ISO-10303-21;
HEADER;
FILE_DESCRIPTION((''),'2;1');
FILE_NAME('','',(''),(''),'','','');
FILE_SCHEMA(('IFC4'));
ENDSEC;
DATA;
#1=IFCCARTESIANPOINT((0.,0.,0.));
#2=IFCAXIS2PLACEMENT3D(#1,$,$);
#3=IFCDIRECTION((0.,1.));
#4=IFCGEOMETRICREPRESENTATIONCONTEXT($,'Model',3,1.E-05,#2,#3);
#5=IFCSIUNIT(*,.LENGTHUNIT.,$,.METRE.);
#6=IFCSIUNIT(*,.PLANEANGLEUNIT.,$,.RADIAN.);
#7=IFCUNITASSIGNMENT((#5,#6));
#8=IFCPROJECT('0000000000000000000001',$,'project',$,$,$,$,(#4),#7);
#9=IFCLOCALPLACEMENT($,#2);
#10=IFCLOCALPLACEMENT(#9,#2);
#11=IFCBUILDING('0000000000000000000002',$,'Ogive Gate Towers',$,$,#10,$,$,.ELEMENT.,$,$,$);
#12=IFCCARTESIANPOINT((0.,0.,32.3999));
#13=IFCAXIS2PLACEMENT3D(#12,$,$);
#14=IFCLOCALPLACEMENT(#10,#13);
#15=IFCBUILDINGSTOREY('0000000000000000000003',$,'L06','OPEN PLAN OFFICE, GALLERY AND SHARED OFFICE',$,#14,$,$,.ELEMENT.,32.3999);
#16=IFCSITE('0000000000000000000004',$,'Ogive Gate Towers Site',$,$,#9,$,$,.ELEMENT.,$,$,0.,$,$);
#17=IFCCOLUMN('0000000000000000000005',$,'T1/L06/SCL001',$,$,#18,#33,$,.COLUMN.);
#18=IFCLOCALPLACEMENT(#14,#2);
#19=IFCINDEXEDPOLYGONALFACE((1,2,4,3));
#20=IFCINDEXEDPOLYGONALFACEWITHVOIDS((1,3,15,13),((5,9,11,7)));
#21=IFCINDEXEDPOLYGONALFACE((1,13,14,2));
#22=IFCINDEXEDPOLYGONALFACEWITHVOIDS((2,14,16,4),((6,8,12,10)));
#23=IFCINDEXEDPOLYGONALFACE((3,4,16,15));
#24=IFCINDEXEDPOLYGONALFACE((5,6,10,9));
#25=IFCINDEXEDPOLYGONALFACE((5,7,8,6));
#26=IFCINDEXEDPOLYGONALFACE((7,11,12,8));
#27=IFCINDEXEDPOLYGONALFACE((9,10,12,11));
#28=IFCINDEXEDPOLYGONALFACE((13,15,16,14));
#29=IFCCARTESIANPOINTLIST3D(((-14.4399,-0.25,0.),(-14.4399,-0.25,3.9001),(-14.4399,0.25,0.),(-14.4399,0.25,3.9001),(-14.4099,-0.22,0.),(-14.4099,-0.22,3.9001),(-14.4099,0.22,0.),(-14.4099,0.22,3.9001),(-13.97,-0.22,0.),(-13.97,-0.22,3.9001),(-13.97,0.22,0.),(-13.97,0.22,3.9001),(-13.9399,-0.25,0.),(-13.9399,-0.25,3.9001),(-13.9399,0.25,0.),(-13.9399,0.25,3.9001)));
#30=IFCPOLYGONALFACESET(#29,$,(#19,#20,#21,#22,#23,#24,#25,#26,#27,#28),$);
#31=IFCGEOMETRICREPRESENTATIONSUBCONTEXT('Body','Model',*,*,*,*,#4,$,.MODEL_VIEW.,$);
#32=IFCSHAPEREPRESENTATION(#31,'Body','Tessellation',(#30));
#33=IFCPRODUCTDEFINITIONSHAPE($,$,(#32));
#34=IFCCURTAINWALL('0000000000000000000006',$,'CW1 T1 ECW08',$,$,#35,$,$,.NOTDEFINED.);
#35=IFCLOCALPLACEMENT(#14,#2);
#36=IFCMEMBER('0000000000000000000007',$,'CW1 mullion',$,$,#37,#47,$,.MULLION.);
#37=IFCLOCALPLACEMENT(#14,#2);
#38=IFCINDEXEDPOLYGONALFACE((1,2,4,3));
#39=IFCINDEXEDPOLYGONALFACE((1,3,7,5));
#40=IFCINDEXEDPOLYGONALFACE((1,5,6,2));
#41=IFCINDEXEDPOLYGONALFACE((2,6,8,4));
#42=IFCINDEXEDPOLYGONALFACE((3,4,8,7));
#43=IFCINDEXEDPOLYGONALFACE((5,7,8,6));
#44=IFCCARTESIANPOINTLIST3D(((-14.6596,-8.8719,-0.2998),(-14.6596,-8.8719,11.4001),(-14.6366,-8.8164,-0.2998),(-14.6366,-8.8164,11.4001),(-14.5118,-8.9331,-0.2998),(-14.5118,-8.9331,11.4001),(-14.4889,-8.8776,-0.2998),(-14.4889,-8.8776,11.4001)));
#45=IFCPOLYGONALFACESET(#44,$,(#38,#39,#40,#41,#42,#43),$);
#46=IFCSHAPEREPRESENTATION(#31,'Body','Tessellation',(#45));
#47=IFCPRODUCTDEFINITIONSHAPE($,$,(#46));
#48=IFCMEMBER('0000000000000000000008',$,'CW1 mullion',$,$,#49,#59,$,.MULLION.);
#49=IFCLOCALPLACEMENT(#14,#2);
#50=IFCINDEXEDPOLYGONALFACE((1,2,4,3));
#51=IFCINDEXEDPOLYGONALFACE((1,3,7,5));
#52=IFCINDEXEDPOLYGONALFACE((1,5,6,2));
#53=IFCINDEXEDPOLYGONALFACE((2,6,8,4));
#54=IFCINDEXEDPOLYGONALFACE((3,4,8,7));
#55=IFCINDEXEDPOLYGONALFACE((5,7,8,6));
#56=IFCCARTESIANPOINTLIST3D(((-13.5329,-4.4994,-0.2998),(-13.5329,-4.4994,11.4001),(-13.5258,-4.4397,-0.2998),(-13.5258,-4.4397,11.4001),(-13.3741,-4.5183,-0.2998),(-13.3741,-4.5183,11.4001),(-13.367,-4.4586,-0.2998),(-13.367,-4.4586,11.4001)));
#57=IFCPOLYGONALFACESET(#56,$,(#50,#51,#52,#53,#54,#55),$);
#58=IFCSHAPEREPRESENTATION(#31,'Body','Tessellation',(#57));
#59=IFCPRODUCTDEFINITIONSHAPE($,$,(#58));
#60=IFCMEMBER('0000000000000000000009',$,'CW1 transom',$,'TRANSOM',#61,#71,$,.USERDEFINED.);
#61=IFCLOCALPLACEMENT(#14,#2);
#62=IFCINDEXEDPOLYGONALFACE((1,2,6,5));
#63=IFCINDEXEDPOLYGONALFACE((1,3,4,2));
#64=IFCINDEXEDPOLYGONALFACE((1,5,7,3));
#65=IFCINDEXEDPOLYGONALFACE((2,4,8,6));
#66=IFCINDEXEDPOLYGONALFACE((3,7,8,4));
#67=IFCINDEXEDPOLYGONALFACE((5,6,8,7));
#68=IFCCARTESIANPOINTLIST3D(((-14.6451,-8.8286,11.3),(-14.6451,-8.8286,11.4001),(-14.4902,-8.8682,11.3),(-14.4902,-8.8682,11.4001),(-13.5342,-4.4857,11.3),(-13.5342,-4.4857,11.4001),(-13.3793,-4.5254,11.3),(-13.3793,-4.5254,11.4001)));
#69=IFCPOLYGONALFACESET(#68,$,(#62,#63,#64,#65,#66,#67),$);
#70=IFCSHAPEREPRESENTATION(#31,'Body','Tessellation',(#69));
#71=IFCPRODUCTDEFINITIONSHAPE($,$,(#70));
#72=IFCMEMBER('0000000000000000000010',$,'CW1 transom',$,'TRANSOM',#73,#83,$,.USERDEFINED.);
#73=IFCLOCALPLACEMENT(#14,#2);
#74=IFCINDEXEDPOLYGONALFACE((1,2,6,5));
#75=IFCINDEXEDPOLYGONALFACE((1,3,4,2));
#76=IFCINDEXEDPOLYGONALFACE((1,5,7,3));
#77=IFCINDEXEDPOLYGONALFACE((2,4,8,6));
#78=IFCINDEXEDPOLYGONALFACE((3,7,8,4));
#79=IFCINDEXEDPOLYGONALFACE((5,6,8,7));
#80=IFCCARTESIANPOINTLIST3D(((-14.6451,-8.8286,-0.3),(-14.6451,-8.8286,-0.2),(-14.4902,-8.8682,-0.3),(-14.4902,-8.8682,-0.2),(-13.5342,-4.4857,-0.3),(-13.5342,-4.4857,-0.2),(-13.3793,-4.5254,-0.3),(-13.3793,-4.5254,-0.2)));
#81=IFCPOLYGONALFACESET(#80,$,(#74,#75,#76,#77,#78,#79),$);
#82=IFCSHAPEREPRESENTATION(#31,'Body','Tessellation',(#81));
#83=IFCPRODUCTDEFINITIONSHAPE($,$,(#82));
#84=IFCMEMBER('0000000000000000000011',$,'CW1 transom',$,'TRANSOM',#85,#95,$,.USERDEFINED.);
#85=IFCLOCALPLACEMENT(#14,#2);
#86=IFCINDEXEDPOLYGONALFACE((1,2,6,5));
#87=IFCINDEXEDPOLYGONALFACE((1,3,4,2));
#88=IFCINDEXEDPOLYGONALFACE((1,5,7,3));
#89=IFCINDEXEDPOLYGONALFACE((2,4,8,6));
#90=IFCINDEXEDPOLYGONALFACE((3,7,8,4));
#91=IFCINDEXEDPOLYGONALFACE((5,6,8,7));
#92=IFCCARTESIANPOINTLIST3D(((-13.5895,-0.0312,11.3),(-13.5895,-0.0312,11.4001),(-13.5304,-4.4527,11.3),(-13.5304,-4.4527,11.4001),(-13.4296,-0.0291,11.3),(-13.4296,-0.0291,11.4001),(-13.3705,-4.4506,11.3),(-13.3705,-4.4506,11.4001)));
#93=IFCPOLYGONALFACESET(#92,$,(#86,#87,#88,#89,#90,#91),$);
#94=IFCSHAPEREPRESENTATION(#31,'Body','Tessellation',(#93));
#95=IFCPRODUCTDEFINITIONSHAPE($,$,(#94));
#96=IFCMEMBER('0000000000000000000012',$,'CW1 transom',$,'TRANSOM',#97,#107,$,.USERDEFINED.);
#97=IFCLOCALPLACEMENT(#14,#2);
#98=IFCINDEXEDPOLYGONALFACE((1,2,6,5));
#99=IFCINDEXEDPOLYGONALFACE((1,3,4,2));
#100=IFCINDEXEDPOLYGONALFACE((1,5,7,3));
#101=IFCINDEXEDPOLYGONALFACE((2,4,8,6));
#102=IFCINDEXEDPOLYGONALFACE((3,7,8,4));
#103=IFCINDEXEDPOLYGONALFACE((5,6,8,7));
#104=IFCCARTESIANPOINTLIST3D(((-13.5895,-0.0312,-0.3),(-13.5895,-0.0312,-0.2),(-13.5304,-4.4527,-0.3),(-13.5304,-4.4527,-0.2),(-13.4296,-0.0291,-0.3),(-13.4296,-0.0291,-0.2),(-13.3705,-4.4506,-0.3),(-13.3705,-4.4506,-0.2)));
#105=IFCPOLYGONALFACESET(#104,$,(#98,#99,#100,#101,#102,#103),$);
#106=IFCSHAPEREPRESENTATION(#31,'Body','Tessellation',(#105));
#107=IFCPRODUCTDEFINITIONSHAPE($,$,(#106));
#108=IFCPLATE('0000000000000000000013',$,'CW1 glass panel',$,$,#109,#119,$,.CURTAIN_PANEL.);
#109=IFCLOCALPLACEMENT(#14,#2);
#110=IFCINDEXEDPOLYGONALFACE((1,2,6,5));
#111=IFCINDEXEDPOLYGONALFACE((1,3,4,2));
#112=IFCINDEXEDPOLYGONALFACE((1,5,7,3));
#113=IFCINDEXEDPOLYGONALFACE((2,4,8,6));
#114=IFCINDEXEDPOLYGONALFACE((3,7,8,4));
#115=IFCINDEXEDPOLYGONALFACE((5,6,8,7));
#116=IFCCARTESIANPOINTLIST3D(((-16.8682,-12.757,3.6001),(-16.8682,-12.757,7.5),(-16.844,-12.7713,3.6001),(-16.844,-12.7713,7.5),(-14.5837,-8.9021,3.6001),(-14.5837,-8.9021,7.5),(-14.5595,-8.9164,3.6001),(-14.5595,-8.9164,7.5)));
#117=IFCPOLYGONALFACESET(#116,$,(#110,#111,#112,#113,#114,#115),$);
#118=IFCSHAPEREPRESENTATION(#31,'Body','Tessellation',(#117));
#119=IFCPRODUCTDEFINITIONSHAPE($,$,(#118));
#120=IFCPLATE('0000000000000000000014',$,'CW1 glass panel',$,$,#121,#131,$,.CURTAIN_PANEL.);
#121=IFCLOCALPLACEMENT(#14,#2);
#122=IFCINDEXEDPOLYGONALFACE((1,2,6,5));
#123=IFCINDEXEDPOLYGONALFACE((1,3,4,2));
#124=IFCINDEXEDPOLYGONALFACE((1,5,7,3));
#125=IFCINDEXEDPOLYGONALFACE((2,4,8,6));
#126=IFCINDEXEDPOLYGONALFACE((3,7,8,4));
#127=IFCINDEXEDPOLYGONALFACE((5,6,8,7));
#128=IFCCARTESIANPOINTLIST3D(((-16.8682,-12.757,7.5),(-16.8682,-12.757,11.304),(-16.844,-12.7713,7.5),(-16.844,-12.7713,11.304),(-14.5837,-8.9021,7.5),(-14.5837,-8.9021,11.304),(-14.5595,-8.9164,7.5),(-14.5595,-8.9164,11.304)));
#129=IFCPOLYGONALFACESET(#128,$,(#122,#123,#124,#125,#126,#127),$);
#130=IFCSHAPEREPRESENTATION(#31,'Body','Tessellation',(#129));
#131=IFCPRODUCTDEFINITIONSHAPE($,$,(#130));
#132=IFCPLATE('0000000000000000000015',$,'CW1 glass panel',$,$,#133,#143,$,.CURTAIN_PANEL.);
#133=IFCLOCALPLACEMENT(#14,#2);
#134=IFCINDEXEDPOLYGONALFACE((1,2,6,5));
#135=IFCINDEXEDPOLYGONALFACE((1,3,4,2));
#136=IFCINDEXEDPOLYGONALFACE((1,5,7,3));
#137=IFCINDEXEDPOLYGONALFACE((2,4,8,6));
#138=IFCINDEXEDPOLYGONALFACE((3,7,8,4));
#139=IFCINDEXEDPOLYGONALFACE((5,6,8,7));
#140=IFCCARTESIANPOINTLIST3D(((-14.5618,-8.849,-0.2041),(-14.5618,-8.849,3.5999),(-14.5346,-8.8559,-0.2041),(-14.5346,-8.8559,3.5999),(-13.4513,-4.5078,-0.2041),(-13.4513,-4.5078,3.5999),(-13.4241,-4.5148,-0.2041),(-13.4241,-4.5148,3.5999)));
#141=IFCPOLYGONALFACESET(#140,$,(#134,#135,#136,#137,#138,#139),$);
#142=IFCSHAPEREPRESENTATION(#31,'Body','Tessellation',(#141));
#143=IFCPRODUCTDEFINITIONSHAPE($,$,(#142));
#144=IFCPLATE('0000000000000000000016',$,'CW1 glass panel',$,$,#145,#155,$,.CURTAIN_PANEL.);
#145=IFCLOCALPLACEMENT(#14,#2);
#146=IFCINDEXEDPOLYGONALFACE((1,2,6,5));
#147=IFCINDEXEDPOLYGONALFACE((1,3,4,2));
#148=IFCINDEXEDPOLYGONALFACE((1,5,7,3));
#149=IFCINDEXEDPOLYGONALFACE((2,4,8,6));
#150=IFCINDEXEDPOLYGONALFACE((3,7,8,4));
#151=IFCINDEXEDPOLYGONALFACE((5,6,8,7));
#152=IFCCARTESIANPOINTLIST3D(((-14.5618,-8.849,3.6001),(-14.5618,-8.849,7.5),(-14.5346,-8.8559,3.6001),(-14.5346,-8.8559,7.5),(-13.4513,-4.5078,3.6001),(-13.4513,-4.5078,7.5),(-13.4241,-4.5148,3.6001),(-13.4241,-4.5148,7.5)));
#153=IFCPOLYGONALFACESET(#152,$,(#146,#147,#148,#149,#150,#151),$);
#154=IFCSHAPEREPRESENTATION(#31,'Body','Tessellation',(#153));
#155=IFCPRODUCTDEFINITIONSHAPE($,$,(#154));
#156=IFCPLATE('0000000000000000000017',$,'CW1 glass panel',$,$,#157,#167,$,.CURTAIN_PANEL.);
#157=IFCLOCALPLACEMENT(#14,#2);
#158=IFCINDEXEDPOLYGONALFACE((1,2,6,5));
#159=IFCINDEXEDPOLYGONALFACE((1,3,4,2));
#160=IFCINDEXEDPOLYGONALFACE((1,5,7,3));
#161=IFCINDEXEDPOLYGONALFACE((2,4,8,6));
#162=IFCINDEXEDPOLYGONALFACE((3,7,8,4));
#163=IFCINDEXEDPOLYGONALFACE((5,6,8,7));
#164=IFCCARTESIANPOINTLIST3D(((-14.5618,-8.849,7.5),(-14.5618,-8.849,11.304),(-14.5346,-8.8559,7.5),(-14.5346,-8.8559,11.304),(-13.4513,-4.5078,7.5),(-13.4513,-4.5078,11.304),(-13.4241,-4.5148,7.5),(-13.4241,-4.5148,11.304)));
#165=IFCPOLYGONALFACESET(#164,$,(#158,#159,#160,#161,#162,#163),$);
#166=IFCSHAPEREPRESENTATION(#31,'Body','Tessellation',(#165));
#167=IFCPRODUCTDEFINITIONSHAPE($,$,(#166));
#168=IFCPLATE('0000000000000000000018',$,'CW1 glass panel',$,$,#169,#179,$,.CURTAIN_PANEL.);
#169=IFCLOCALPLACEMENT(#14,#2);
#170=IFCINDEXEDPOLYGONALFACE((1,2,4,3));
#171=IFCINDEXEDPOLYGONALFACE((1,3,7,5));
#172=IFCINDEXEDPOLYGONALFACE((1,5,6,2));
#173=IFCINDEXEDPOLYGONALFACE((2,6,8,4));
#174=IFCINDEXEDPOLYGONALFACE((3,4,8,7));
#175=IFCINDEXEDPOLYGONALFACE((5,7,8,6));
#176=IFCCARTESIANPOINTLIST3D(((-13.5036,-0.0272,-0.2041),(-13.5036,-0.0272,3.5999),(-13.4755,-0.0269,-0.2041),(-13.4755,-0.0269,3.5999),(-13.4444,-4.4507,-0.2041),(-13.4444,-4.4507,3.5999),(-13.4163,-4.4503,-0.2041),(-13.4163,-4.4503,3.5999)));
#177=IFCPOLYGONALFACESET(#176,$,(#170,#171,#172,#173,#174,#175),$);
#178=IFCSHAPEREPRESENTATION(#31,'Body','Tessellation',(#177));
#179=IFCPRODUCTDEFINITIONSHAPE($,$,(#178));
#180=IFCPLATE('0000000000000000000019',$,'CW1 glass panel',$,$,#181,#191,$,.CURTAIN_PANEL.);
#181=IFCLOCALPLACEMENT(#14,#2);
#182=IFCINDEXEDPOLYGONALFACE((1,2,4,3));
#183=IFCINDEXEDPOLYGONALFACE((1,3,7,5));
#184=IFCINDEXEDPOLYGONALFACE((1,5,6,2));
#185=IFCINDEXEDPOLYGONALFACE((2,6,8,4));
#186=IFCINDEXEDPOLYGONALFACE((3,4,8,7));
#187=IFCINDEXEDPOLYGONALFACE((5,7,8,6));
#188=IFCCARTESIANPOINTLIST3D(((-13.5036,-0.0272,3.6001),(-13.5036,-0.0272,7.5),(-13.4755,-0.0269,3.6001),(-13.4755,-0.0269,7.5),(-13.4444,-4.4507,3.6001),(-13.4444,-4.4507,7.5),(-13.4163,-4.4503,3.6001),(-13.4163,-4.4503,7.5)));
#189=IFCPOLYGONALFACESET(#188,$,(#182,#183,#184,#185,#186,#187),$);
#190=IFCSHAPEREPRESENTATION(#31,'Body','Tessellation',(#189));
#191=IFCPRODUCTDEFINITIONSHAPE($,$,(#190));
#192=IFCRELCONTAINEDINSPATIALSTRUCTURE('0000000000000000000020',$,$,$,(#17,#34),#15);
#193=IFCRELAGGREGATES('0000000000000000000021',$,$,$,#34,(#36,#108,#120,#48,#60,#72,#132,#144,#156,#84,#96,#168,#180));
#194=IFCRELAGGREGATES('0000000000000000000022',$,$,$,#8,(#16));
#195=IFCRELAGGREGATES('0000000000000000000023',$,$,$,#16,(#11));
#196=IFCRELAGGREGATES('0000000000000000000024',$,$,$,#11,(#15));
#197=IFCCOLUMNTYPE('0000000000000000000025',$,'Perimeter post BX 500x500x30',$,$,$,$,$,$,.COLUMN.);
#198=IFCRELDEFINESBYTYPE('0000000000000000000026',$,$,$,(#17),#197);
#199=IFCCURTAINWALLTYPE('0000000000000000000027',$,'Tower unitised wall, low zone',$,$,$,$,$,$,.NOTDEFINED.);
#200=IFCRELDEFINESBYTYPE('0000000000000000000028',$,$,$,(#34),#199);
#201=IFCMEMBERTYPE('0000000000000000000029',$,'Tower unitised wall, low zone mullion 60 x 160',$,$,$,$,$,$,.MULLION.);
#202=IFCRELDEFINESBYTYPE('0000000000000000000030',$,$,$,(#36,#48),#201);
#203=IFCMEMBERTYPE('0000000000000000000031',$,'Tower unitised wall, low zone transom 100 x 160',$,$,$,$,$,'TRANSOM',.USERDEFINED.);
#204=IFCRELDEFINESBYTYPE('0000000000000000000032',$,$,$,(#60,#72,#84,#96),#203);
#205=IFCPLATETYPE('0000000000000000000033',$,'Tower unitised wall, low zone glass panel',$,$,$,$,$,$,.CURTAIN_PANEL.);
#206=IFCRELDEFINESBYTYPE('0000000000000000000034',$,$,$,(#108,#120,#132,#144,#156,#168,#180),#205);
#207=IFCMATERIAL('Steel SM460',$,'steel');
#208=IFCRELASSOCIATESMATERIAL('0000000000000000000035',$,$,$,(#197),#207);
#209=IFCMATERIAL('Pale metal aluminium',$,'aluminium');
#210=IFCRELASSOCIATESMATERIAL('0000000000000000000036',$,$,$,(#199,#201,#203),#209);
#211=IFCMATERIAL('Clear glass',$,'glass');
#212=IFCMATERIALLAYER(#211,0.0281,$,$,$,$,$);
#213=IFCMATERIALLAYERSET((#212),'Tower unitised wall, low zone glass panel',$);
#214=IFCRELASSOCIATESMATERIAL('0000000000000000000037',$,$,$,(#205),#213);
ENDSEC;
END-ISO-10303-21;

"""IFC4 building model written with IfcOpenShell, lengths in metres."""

from ifc_helpers import new_model, si_unit, direction, frame, origin, origin_2d, place, context, subcontext, project, spatial, rectangle, hollow_rectangle, extrude, material, layer, layer_set, material_profile, profile_set, type_object, element, aggregate, save


model = new_model("IFC4")

# Units and contexts
model_context = context("Model", 3, precision=1e-05, world=origin(), true_north=direction((0.0, 1.0)))
body_context = subcontext(model_context, "Body", "Model", "MODEL_VIEW")
ifc_project = project(units=[si_unit("LENGTHUNIT", "METRE"), si_unit("PLANEANGLEUNIT", "RADIAN")], contexts=[model_context])

# Site, building, storey
site_placement = place(None, origin())
site = spatial("IfcSite", under=ifc_project, at=site_placement, Name="Ogive Gate Towers Site", CompositionType="ELEMENT", RefElevation=0.0)
building_placement = place(site_placement, origin())
building = spatial("IfcBuilding", under=site, at=building_placement, Name="Ogive Gate Towers", CompositionType="ELEMENT")
storey_placement = place(building_placement, frame((0.0, 0.0, 32.3999)))
storey = spatial("IfcBuildingStorey", under=building, at=storey_placement, Name="L06", Description="OPEN PLAN OFFICE, GALLERY AND SHARED OFFICE", CompositionType="ELEMENT", Elevation=32.3999)

# Column
ifc_material_1 = material(Name="Steel SM460", Category="steel")
ifc_material_profile_1 = material_profile(ifc_material_1, hollow_rectangle(XDim=0.5, YDim=0.5, WallThickness=0.03, at=origin_2d()), Name="BX 500x500x30")
ifc_profile_set_1 = profile_set([ifc_material_profile_1], Name="Steel SM460")
column_type = type_object("IfcColumnType", Name="Perimeter post BX 500x500x30", PredefinedType="COLUMN", material=ifc_profile_set_1)
column_placement = place(storey_placement, frame((-14.1899, 0.0, 0.0), z_axis=(0.0, 0.0, 1.0), x_axis=(1.0, 0.0, 0.0)))
element("IfcColumn", 1, at=column_placement, inside=storey, type_object=column_type, Name="T1/L06/SCL001", PredefinedType="COLUMN", context=body_context, shape_type="SweptSolid", body=[
    extrude(hollow_rectangle(XDim=0.5, YDim=0.5, WallThickness=0.03, at=origin_2d()), origin(), (0.0, 0.0, 1.0), 3.9001),
])

# Curtain wall, members, plates
ifc_material_2 = material(Name="Pale metal aluminium", Category="aluminium")
curtain_wall_type = type_object("IfcCurtainWallType", Name="Tower unitised wall, low zone", PredefinedType="NOTDEFINED", material=ifc_material_2)
curtain_wall_placement = place(storey_placement, origin())
curtain_wall = element("IfcCurtainWall", 2, at=curtain_wall_placement, inside=storey, type_object=curtain_wall_type, Name="CW1 T1 ECW08", PredefinedType="NOTDEFINED")
ifc_material_profile_2 = material_profile(ifc_material_2, rectangle(XDim=0.1599, YDim=0.0601, at=origin_2d()), Name="60 x 160 aluminium box")
ifc_profile_set_2 = profile_set([ifc_material_profile_2], Name="Pale metal aluminium")
member_type_1 = type_object("IfcMemberType", Name="Tower unitised wall, low zone mullion 60 x 160", PredefinedType="MULLION", material=ifc_profile_set_2)
member_1_placement = place(storey_placement, frame((-14.5742, -8.8748, -0.2998), z_axis=(0.0, 0.0, 1.0), x_axis=(0.92388, -0.382683, 0.0)))
member_1 = element("IfcMember", 3, at=member_1_placement, type_object=member_type_1, Name="CW1 mullion", PredefinedType="MULLION", context=body_context, shape_type="SweptSolid", body=[
    extrude(rectangle(XDim=0.1599, YDim=0.0601, at=origin_2d()), origin(), (0.0, 0.0, 1.0), 11.7),
])
member_2_placement = place(storey_placement, frame((-13.45, -4.479, -0.2998), z_axis=(0.0, 0.0, 1.0), x_axis=(0.992984, -0.118248, 0.0)))
member_2 = element("IfcMember", 4, at=member_2_placement, type_object=member_type_1, Name="CW1 mullion", PredefinedType="MULLION", context=body_context, shape_type="SweptSolid", body=[
    extrude(rectangle(XDim=0.1599, YDim=0.0601, at=origin_2d()), origin(), (0.0, 0.0, 1.0), 11.7),
])
ifc_material_profile_3 = material_profile(ifc_material_2, rectangle(XDim=0.1599, YDim=0.1001, at=origin_2d()), Name="100 x 160 aluminium box")
ifc_profile_set_3 = profile_set([ifc_material_profile_3], Name="Pale metal aluminium")
member_type_2 = type_object("IfcMemberType", Name="Tower unitised wall, low zone transom 100 x 160", ElementType="TRANSOM", PredefinedType="USERDEFINED", material=ifc_profile_set_3)
member_3_placement = place(storey_placement, frame((-14.5676, -8.8484, 11.3501), z_axis=(0.247812, 0.968808, 0.0), x_axis=(-0.968808, 0.247812, 0.0)))
member_3 = element("IfcMember", 5, at=member_3_placement, type_object=member_type_2, Name="CW1 transom", ObjectType="TRANSOM", PredefinedType="USERDEFINED", context=body_context, shape_type="SweptSolid", body=[
    extrude(rectangle(XDim=0.1599, YDim=0.1001, at=origin_2d()), origin(), (0.0, 0.0, 1.0), 4.4827),
])
member_4_placement = place(storey_placement, frame((-14.5676, -8.8484, -0.25), z_axis=(0.247812, 0.968808, 0.0), x_axis=(-0.968808, 0.247812, 0.0)))
member_4 = element("IfcMember", 6, at=member_4_placement, type_object=member_type_2, Name="CW1 transom", ObjectType="TRANSOM", PredefinedType="USERDEFINED", context=body_context, shape_type="SweptSolid", body=[
    extrude(rectangle(XDim=0.1599, YDim=0.1001, at=origin_2d()), origin(), (0.0, 0.0, 1.0), 4.4827),
])
member_5_placement = place(storey_placement, frame((-13.4504, -4.4517, 11.3501), z_axis=(-0.013362, 0.999911, 0.0), x_axis=(-0.999911, -0.013362, 0.0)))
member_5 = element("IfcMember", 7, at=member_5_placement, type_object=member_type_2, Name="CW1 transom", ObjectType="TRANSOM", PredefinedType="USERDEFINED", context=body_context, shape_type="SweptSolid", body=[
    extrude(rectangle(XDim=0.1599, YDim=0.1001, at=origin_2d()), origin(), (0.0, 0.0, 1.0), 4.4219),
])
member_6_placement = place(storey_placement, frame((-13.4504, -4.4517, -0.25), z_axis=(-0.013362, 0.999911, 0.0), x_axis=(-0.999911, -0.013362, 0.0)))
member_6 = element("IfcMember", 8, at=member_6_placement, type_object=member_type_2, Name="CW1 transom", ObjectType="TRANSOM", PredefinedType="USERDEFINED", context=body_context, shape_type="SweptSolid", body=[
    extrude(rectangle(XDim=0.1599, YDim=0.1001, at=origin_2d()), origin(), (0.0, 0.0, 1.0), 4.4219),
])
ifc_material_3 = material(Name="Clear glass", Category="glass")
ifc_layer_1 = layer(ifc_material_3, 0.0281)
ifc_layer_set_1 = layer_set([ifc_layer_1], Name="Tower unitised wall, low zone glass panel")
plate_type = type_object("IfcPlateType", Name="Tower unitised wall, low zone glass panel", PredefinedType="CURTAIN_PANEL", material=ifc_layer_set_1)
plate_1_placement = place(storey_placement, frame((-15.7139, -10.8367, 3.6001), z_axis=(0.0, 0.0, 1.0), x_axis=(0.509822, 0.86028, 0.0)))
plate_1 = element("IfcPlate", 9, at=plate_1_placement, type_object=plate_type, Name="CW1 glass panel", PredefinedType="CURTAIN_PANEL", context=body_context, shape_type="SweptSolid", body=[
    extrude(rectangle(XDim=4.481, YDim=0.0281, at=origin_2d()), origin(), (0.0, 0.0, 1.0), 3.8999),
])
plate_2_placement = place(storey_placement, frame((-15.7139, -10.8367, 7.5), z_axis=(0.0, 0.0, 1.0), x_axis=(0.509822, 0.86028, 0.0)))
plate_2 = element("IfcPlate", 10, at=plate_2_placement, type_object=plate_type, Name="CW1 glass panel", PredefinedType="CURTAIN_PANEL", context=body_context, shape_type="SweptSolid", body=[
    extrude(rectangle(XDim=4.481, YDim=0.0281, at=origin_2d()), origin(), (0.0, 0.0, 1.0), 3.804),
])
plate_3_placement = place(storey_placement, frame((-13.9929, -6.6819, -0.2041), z_axis=(0.0, 0.0, 1.0), x_axis=(0.247828, 0.968804, 0.0)))
plate_3 = element("IfcPlate", 11, at=plate_3_placement, type_object=plate_type, Name="CW1 glass panel", PredefinedType="CURTAIN_PANEL", context=body_context, shape_type="SweptSolid", body=[
    extrude(rectangle(XDim=4.481, YDim=0.0281, at=origin_2d()), origin(), (0.0, 0.0, 1.0), 3.804),
])
plate_4_placement = place(storey_placement, frame((-13.9929, -6.6819, 3.6001), z_axis=(0.0, 0.0, 1.0), x_axis=(0.247828, 0.968804, 0.0)))
plate_4 = element("IfcPlate", 12, at=plate_4_placement, type_object=plate_type, Name="CW1 glass panel", PredefinedType="CURTAIN_PANEL", context=body_context, shape_type="SweptSolid", body=[
    extrude(rectangle(XDim=4.481, YDim=0.0281, at=origin_2d()), origin(), (0.0, 0.0, 1.0), 3.8999),
])
plate_5_placement = place(storey_placement, frame((-13.9929, -6.6819, 7.5), z_axis=(0.0, 0.0, 1.0), x_axis=(0.247828, 0.968804, 0.0)))
plate_5 = element("IfcPlate", 13, at=plate_5_placement, type_object=plate_type, Name="CW1 glass panel", PredefinedType="CURTAIN_PANEL", context=body_context, shape_type="SweptSolid", body=[
    extrude(rectangle(XDim=4.481, YDim=0.0281, at=origin_2d()), origin(), (0.0, 0.0, 1.0), 3.804),
])
plate_6_placement = place(storey_placement, frame((-13.46, -2.2388, -0.2041), z_axis=(0.0, 0.0, 1.0), x_axis=(-0.013386, 0.99991, 0.0)))
plate_6 = element("IfcPlate", 14, at=plate_6_placement, type_object=plate_type, Name="CW1 glass panel", PredefinedType="CURTAIN_PANEL", context=body_context, shape_type="SweptSolid", body=[
    extrude(rectangle(XDim=4.4238, YDim=0.0281, at=origin_2d()), origin(), (0.0, 0.0, 1.0), 3.804),
])
plate_7_placement = place(storey_placement, frame((-13.46, -2.2388, 3.6001), z_axis=(0.0, 0.0, 1.0), x_axis=(-0.013386, 0.99991, 0.0)))
plate_7 = element("IfcPlate", 15, at=plate_7_placement, type_object=plate_type, Name="CW1 glass panel", PredefinedType="CURTAIN_PANEL", context=body_context, shape_type="SweptSolid", body=[
    extrude(rectangle(XDim=4.4238, YDim=0.0281, at=origin_2d()), origin(), (0.0, 0.0, 1.0), 3.8999),
])
aggregate(curtain_wall, [member_1, plate_1, plate_2, member_2, member_3, member_4, plate_3, plate_4, plate_5, member_5, member_6, plate_6, plate_7])

save(model, "model.ifc")
